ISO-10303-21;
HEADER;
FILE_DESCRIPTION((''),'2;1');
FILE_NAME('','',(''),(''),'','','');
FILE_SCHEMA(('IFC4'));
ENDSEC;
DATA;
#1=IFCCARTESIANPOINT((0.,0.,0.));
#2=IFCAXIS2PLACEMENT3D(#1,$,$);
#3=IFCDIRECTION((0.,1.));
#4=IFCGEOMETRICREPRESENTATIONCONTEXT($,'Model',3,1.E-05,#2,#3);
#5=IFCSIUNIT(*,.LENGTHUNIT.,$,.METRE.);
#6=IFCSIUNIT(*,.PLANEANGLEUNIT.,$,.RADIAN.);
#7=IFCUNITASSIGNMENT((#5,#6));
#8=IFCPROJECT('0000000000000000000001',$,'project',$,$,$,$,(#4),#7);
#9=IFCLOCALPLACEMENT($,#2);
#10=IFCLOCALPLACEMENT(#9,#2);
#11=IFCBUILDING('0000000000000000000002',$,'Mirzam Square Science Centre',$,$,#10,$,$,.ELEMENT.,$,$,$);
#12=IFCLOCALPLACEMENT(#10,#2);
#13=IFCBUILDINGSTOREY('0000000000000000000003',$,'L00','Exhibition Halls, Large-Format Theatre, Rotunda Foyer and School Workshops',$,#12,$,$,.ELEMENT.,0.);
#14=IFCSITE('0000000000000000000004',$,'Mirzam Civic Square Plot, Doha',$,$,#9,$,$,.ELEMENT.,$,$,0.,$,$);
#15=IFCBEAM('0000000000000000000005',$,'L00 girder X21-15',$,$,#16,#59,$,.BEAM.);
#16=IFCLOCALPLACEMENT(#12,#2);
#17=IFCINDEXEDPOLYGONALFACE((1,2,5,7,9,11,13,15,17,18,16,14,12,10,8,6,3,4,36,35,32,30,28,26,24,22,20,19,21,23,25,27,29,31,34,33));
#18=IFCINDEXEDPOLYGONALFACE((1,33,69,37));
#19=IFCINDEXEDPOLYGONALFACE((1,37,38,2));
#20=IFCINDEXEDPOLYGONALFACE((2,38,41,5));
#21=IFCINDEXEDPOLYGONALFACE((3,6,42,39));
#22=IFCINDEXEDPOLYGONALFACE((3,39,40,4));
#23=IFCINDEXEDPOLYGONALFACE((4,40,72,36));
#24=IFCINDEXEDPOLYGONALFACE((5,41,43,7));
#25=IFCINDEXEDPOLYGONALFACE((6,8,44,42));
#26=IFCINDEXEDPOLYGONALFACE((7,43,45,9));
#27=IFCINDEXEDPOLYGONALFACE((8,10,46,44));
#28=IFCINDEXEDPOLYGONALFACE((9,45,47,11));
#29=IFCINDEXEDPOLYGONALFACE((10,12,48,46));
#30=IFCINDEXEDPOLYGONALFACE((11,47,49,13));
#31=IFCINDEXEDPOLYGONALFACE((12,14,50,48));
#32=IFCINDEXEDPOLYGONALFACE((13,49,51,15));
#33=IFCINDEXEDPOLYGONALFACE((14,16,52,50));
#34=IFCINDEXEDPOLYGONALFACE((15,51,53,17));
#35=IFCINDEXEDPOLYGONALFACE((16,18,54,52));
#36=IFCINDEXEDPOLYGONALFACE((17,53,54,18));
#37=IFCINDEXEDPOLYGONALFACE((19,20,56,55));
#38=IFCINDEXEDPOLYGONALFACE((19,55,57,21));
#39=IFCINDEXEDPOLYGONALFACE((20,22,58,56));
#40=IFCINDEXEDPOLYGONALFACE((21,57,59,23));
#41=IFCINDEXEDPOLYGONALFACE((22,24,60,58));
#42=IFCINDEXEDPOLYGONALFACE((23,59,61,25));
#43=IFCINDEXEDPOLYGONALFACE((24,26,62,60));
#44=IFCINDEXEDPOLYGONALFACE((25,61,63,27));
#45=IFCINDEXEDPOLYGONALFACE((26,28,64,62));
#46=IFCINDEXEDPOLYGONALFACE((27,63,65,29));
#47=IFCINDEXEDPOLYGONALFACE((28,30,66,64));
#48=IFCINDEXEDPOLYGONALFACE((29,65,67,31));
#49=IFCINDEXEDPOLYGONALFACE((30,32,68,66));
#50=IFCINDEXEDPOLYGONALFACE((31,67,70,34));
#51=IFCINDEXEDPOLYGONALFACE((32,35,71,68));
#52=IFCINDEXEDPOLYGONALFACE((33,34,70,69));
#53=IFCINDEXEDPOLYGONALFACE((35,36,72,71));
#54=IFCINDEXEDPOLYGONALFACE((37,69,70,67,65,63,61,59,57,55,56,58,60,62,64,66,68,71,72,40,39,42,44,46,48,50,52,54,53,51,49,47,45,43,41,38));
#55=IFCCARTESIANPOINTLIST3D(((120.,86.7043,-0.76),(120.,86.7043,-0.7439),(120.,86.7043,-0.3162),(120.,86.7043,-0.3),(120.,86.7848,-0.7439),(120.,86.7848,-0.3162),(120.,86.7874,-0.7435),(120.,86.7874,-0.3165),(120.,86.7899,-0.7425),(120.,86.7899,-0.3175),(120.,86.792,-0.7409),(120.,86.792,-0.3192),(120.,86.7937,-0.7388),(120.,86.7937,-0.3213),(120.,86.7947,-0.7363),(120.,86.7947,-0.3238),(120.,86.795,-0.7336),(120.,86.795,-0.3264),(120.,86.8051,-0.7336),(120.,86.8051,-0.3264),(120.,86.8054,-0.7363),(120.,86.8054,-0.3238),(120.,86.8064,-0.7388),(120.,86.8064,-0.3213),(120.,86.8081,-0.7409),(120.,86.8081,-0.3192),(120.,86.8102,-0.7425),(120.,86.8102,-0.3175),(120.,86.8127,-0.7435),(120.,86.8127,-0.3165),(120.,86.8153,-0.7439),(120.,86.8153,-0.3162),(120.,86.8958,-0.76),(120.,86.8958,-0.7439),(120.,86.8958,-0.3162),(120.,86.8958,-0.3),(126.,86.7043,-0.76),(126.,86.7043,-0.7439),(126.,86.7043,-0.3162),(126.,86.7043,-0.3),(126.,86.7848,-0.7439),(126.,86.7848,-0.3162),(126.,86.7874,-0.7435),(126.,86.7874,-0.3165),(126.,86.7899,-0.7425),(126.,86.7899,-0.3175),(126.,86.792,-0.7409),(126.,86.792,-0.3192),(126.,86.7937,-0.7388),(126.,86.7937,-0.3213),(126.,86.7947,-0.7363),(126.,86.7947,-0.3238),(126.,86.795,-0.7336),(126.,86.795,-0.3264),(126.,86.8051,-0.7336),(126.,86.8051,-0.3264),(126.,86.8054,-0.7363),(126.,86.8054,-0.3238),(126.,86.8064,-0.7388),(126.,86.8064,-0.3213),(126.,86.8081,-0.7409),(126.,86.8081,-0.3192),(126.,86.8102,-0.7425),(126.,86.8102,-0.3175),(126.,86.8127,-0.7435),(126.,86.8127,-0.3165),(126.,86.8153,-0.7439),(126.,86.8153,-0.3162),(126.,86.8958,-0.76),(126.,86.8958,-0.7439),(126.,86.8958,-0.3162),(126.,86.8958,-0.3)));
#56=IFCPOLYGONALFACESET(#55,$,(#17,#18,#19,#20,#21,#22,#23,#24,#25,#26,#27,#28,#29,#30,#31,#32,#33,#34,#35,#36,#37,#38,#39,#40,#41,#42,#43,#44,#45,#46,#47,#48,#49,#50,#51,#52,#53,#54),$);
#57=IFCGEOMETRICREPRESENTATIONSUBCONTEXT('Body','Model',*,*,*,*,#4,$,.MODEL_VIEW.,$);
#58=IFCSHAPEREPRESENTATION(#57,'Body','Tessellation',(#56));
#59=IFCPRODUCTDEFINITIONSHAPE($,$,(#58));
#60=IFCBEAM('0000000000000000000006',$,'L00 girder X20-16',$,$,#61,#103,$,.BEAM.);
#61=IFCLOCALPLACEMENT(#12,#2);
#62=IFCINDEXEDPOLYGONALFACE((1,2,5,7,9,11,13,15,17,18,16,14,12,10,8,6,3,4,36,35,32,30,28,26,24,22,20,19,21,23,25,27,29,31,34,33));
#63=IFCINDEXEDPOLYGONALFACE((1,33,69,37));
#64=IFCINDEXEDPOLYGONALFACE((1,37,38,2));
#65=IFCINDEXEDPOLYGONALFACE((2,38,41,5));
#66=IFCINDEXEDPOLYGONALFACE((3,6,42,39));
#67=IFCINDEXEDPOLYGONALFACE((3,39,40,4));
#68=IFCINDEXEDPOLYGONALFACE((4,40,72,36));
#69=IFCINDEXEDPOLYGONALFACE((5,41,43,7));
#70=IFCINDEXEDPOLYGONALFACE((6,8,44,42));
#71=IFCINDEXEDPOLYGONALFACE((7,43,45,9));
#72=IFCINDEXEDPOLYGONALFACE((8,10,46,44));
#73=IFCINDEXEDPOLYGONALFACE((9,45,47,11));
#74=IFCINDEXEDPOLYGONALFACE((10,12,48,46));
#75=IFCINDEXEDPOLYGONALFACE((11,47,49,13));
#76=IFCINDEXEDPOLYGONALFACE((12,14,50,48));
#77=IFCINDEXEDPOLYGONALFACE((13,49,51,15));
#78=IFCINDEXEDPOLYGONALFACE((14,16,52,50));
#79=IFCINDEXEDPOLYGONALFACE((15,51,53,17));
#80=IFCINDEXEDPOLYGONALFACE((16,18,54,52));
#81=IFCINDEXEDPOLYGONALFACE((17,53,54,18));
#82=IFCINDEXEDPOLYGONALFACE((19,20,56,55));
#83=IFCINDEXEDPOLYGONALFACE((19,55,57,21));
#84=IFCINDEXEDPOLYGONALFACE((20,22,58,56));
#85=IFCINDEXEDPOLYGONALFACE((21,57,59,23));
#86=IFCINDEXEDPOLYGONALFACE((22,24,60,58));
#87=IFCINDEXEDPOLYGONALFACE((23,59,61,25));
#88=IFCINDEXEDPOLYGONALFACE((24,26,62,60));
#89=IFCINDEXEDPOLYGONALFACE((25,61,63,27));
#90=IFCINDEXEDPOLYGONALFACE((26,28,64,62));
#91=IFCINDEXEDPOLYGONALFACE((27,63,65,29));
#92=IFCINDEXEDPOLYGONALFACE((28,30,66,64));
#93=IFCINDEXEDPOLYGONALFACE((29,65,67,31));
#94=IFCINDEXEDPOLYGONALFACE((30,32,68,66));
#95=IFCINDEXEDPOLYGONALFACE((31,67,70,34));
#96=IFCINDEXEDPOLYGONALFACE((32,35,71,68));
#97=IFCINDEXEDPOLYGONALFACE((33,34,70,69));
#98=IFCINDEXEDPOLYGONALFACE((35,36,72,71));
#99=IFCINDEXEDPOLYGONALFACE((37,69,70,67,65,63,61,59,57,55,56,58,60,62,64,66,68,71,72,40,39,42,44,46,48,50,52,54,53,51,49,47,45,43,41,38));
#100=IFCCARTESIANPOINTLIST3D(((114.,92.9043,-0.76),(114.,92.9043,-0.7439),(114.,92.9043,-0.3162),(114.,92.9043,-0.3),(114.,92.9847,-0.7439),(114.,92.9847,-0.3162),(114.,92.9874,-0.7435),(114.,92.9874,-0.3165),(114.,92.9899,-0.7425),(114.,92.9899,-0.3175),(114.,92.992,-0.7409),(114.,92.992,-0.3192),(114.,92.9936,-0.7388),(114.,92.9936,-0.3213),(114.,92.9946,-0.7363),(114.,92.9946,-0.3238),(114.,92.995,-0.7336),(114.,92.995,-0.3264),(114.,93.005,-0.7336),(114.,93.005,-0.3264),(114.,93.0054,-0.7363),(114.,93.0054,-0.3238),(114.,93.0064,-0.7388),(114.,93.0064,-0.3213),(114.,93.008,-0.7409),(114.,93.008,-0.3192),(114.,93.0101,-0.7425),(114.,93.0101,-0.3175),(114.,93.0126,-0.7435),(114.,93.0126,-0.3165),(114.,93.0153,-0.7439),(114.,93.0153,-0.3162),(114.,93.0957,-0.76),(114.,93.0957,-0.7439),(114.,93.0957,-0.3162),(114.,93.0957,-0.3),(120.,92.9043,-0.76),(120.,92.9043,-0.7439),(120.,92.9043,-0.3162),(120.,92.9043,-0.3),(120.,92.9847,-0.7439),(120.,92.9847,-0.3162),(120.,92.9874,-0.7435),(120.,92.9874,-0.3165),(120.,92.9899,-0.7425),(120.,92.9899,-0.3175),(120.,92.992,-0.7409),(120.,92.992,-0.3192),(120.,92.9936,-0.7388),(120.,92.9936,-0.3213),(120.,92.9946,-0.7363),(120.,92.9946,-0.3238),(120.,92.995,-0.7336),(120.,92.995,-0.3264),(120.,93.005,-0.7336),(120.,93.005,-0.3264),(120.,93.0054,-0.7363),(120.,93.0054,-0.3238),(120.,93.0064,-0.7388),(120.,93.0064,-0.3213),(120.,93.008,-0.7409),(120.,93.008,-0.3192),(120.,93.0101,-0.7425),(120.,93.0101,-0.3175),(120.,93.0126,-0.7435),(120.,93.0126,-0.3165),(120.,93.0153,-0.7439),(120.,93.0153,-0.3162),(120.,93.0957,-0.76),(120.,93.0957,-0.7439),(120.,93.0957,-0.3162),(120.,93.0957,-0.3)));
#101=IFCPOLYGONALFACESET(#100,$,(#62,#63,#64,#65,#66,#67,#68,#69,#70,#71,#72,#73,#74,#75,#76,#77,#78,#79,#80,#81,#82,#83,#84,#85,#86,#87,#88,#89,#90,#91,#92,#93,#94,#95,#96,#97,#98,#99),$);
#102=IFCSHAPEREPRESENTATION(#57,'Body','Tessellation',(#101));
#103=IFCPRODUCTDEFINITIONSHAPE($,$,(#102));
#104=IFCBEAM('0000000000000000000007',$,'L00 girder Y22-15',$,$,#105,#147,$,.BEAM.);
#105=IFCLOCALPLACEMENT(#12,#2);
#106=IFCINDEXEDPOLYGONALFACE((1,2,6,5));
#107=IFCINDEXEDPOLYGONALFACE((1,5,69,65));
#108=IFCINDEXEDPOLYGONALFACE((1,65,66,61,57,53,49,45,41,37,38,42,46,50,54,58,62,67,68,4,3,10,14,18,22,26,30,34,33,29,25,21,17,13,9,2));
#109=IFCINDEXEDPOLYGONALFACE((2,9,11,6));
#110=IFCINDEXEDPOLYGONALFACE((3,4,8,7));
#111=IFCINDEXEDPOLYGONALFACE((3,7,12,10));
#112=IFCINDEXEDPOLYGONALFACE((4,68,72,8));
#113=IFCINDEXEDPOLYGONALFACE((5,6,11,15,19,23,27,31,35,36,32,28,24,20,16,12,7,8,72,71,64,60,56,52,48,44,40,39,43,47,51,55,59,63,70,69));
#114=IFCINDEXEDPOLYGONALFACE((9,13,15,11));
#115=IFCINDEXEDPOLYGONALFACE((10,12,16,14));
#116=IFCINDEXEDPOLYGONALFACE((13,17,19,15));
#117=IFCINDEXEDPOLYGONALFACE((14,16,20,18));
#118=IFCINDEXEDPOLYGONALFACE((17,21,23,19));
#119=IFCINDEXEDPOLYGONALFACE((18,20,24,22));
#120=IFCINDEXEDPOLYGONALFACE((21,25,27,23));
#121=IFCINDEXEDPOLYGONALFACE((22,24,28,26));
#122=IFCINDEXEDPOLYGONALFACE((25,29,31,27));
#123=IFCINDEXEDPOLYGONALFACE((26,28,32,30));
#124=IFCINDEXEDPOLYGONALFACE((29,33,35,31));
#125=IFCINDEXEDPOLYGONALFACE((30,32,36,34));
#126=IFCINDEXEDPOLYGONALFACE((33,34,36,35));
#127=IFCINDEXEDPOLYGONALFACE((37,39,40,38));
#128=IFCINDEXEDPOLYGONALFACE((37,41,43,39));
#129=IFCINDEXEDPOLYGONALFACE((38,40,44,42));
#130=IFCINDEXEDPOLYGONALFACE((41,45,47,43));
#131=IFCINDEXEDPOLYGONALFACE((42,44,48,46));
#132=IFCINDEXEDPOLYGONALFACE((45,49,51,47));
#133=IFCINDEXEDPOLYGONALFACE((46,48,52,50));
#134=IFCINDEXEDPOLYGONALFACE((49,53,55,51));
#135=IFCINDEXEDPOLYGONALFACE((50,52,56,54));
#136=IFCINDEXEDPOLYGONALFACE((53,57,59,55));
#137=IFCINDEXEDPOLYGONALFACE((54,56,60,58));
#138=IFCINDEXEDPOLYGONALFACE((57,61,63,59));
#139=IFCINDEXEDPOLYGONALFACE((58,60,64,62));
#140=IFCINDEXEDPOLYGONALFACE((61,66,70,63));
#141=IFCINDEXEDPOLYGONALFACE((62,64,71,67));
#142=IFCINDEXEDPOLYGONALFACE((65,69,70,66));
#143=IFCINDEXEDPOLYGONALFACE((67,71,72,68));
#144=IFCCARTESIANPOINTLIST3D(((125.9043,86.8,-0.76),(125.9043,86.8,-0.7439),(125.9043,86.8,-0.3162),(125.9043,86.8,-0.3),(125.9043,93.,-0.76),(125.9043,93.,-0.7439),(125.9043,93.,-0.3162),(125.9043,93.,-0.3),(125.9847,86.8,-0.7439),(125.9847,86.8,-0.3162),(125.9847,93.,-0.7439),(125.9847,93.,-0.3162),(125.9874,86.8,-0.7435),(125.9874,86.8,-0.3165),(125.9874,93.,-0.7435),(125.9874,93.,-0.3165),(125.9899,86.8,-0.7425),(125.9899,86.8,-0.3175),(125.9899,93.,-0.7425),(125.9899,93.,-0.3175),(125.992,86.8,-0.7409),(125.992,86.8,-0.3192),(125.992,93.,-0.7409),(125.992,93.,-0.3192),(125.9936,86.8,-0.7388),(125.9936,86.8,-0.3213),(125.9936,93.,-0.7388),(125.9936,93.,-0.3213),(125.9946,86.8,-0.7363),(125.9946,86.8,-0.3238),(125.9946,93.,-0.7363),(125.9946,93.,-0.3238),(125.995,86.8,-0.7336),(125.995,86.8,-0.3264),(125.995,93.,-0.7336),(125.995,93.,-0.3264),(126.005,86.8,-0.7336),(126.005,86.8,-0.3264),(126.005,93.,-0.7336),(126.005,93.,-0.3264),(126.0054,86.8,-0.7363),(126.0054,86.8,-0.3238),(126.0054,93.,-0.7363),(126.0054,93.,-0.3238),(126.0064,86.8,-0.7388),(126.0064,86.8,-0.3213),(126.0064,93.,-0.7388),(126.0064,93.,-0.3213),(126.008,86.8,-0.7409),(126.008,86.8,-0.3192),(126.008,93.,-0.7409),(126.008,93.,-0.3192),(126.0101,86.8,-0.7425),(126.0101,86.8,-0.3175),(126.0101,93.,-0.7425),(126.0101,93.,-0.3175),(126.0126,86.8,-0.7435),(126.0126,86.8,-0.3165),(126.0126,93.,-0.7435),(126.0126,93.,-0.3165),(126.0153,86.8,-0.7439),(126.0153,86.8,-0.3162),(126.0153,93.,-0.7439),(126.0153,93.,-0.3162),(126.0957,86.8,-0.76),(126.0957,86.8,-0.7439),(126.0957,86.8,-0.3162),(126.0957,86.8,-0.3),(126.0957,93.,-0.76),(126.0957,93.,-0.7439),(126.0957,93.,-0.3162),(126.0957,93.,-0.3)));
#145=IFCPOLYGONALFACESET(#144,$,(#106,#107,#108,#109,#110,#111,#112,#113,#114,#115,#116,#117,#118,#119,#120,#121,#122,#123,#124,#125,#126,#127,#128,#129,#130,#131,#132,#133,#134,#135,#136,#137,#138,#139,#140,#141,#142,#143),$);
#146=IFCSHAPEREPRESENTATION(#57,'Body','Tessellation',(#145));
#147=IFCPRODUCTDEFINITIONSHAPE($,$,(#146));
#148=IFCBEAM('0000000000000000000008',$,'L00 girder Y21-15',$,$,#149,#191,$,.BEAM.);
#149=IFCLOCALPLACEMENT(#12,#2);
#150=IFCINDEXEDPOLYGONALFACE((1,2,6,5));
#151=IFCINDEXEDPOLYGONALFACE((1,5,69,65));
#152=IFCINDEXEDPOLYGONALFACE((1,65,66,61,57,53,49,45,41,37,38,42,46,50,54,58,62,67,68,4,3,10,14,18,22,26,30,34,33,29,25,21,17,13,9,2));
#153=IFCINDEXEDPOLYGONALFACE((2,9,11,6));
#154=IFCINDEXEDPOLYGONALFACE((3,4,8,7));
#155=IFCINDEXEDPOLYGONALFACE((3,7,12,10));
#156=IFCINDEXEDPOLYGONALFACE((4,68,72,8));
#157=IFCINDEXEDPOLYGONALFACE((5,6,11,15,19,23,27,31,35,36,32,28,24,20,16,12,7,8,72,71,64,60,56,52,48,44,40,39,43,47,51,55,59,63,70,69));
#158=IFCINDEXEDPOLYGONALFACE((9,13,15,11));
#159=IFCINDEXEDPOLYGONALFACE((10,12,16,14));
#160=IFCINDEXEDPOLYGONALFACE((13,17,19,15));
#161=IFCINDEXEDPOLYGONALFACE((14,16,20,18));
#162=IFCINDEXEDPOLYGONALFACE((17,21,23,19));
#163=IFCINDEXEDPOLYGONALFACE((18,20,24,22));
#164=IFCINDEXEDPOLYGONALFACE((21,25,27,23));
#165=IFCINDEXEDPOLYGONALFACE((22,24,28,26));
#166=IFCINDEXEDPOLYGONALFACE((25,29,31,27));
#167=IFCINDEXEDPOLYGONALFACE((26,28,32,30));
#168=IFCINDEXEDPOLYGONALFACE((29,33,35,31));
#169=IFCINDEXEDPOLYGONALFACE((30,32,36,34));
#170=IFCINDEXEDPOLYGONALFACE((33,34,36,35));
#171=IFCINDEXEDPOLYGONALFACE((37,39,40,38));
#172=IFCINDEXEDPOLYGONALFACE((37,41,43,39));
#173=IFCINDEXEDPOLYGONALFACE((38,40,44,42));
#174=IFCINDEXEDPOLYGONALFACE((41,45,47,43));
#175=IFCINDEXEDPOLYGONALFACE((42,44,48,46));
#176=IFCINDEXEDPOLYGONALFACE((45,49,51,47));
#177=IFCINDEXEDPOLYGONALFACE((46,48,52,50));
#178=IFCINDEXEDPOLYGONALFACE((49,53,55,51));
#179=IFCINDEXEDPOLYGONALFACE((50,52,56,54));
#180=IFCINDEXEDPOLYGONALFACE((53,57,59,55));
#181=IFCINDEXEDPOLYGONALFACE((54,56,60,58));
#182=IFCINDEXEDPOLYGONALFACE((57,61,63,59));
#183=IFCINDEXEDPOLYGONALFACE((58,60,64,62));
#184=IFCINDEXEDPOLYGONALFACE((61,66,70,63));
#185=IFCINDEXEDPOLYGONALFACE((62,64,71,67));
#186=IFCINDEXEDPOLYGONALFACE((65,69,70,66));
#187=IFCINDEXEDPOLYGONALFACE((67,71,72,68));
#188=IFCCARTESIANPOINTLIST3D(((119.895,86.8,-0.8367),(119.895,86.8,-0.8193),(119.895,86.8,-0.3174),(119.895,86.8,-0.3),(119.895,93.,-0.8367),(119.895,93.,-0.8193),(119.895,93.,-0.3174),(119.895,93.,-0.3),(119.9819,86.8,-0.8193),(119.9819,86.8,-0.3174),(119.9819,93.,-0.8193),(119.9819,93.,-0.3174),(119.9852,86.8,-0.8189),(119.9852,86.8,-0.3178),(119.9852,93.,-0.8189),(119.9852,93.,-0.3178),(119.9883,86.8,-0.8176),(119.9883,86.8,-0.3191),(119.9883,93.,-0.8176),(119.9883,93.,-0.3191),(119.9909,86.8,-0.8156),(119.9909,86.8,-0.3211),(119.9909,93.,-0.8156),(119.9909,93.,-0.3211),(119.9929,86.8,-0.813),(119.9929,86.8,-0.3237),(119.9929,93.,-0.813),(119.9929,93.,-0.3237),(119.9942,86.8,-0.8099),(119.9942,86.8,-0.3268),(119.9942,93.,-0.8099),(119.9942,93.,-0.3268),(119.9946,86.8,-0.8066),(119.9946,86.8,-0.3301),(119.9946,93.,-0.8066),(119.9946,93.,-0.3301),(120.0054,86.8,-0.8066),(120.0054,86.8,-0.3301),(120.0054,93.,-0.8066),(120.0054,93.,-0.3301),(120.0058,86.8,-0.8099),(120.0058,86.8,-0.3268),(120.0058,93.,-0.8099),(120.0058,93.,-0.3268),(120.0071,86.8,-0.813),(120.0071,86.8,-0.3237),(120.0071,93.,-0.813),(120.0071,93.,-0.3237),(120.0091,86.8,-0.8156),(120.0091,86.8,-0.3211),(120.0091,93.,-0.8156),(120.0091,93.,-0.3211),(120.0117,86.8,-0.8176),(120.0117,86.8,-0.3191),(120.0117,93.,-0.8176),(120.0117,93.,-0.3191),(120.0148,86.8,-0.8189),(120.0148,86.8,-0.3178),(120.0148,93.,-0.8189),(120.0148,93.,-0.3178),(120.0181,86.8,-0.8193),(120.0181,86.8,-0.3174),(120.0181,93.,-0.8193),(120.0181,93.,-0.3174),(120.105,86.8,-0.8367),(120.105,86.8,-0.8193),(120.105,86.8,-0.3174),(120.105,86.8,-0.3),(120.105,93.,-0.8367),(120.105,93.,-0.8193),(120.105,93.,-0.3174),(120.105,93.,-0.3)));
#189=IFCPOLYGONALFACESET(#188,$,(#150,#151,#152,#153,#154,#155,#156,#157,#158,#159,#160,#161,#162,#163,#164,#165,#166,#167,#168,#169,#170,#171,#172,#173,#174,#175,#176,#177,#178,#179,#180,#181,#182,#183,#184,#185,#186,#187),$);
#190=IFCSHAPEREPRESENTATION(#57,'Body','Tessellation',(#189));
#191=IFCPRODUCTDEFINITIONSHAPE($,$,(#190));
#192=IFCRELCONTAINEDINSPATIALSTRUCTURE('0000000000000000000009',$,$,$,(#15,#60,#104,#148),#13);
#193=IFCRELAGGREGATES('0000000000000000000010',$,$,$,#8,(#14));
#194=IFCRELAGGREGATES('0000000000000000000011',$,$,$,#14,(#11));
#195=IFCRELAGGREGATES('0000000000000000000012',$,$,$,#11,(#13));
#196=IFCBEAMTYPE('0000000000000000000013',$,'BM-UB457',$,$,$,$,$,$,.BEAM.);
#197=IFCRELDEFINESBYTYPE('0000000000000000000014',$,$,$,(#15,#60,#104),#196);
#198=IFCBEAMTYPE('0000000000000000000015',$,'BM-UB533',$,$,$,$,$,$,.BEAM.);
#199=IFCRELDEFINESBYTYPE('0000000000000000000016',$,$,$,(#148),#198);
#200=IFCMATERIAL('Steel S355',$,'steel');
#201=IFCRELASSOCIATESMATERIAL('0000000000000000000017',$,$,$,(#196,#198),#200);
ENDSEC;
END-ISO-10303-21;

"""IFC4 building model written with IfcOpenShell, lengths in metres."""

from ifc_helpers import new_model, si_unit, direction, frame, origin, origin_2d, place, context, subcontext, project, spatial, i_section, extrude, material, material_profile, profile_set, type_object, element, save


model = new_model("IFC4")

# Units and contexts
model_context = context("Model", 3, precision=1e-05, world=origin(), true_north=direction((0.0, 1.0)))
body_context = subcontext(model_context, "Body", "Model", "MODEL_VIEW")
ifc_project = project(units=[si_unit("LENGTHUNIT", "METRE"), si_unit("PLANEANGLEUNIT", "RADIAN")], contexts=[model_context])

# Site, building, storey
site_placement = place(None, origin())
site = spatial("IfcSite", under=ifc_project, at=site_placement, Name="Mirzam Civic Square Plot, Doha", CompositionType="ELEMENT", RefElevation=0.0)
building_placement = place(site_placement, origin())
building = spatial("IfcBuilding", under=site, at=building_placement, Name="Mirzam Square Science Centre", CompositionType="ELEMENT")
storey_placement = place(building_placement, origin())
storey = spatial("IfcBuildingStorey", under=building, at=storey_placement, Name="L00", Description="Exhibition Halls, Large-Format Theatre, Rotunda Foyer and School Workshops", CompositionType="ELEMENT", Elevation=0.0)

# Shared definitions
ifc_material_1 = material(Name="Steel S355", Category="steel")

# Beams
ifc_material_profile_1 = material_profile(ifc_material_1, i_section(OverallWidth=0.1914, OverallDepth=0.46, WebThickness=0.01, FlangeThickness=0.0161, FilletRadius=0.0103, at=origin_2d()), Name="457x191x82UB")
ifc_profile_set_1 = profile_set([ifc_material_profile_1], Name="Steel S355")
beam_type_1 = type_object("IfcBeamType", Name="BM-UB457", PredefinedType="BEAM", material=ifc_profile_set_1)
for number, where, z_axis, x_axis, name in (
    (1, (120.0, 86.8, -0.53), (1.0, 0.0, 0.0), (0.0, 1.0, 0.0), "L00 girder X21-15"),
    (2, (114.0, 93.0, -0.53), (1.0, 0.0, 0.0), (0.0, 1.0, 0.0), "L00 girder X20-16"),
):
    element("IfcBeam", number, at=place(storey_placement, frame(where, z_axis=z_axis, x_axis=x_axis)), inside=storey, type_object=beam_type_1, Name=name, PredefinedType="BEAM", context=body_context, shape_type="SweptSolid", body=[
        extrude(i_section(OverallWidth=0.1914, OverallDepth=0.46, WebThickness=0.01, FlangeThickness=0.0161, FilletRadius=0.0103, at=origin_2d()), origin(), (0.0, 0.0, 1.0), 6.0),
    ])
beam_1_placement = place(storey_placement, frame((126.0, 86.8, -0.53), z_axis=(0.0, 1.0, 0.0), x_axis=(-1.0, 0.0, 0.0)))
element("IfcBeam", 3, at=beam_1_placement, inside=storey, type_object=beam_type_1, Name="L00 girder Y22-15", PredefinedType="BEAM", context=body_context, shape_type="SweptSolid", body=[
    extrude(i_section(OverallWidth=0.1914, OverallDepth=0.46, WebThickness=0.01, FlangeThickness=0.0161, FilletRadius=0.0103, at=origin_2d()), origin(), (0.0, 0.0, 1.0), 6.2),
])
ifc_material_profile_2 = material_profile(ifc_material_1, i_section(OverallWidth=0.21, OverallDepth=0.5366, WebThickness=0.0107, FlangeThickness=0.0173, FilletRadius=0.0127, at=origin_2d()), Name="533x210x101UB")
ifc_profile_set_2 = profile_set([ifc_material_profile_2], Name="Steel S355")
beam_type_2 = type_object("IfcBeamType", Name="BM-UB533", PredefinedType="BEAM", material=ifc_profile_set_2)
beam_2_placement = place(storey_placement, frame((120.0, 86.8, -0.5684), z_axis=(0.0, 1.0, 0.0), x_axis=(-1.0, 0.0, 0.0)))
element("IfcBeam", 4, at=beam_2_placement, inside=storey, type_object=beam_type_2, Name="L00 girder Y21-15", PredefinedType="BEAM", context=body_context, shape_type="SweptSolid", body=[
    extrude(i_section(OverallWidth=0.21, OverallDepth=0.5366, WebThickness=0.0107, FlangeThickness=0.0173, FilletRadius=0.0127, at=origin_2d()), origin(), (0.0, 0.0, 1.0), 6.2),
])

save(model, "model.ifc")
